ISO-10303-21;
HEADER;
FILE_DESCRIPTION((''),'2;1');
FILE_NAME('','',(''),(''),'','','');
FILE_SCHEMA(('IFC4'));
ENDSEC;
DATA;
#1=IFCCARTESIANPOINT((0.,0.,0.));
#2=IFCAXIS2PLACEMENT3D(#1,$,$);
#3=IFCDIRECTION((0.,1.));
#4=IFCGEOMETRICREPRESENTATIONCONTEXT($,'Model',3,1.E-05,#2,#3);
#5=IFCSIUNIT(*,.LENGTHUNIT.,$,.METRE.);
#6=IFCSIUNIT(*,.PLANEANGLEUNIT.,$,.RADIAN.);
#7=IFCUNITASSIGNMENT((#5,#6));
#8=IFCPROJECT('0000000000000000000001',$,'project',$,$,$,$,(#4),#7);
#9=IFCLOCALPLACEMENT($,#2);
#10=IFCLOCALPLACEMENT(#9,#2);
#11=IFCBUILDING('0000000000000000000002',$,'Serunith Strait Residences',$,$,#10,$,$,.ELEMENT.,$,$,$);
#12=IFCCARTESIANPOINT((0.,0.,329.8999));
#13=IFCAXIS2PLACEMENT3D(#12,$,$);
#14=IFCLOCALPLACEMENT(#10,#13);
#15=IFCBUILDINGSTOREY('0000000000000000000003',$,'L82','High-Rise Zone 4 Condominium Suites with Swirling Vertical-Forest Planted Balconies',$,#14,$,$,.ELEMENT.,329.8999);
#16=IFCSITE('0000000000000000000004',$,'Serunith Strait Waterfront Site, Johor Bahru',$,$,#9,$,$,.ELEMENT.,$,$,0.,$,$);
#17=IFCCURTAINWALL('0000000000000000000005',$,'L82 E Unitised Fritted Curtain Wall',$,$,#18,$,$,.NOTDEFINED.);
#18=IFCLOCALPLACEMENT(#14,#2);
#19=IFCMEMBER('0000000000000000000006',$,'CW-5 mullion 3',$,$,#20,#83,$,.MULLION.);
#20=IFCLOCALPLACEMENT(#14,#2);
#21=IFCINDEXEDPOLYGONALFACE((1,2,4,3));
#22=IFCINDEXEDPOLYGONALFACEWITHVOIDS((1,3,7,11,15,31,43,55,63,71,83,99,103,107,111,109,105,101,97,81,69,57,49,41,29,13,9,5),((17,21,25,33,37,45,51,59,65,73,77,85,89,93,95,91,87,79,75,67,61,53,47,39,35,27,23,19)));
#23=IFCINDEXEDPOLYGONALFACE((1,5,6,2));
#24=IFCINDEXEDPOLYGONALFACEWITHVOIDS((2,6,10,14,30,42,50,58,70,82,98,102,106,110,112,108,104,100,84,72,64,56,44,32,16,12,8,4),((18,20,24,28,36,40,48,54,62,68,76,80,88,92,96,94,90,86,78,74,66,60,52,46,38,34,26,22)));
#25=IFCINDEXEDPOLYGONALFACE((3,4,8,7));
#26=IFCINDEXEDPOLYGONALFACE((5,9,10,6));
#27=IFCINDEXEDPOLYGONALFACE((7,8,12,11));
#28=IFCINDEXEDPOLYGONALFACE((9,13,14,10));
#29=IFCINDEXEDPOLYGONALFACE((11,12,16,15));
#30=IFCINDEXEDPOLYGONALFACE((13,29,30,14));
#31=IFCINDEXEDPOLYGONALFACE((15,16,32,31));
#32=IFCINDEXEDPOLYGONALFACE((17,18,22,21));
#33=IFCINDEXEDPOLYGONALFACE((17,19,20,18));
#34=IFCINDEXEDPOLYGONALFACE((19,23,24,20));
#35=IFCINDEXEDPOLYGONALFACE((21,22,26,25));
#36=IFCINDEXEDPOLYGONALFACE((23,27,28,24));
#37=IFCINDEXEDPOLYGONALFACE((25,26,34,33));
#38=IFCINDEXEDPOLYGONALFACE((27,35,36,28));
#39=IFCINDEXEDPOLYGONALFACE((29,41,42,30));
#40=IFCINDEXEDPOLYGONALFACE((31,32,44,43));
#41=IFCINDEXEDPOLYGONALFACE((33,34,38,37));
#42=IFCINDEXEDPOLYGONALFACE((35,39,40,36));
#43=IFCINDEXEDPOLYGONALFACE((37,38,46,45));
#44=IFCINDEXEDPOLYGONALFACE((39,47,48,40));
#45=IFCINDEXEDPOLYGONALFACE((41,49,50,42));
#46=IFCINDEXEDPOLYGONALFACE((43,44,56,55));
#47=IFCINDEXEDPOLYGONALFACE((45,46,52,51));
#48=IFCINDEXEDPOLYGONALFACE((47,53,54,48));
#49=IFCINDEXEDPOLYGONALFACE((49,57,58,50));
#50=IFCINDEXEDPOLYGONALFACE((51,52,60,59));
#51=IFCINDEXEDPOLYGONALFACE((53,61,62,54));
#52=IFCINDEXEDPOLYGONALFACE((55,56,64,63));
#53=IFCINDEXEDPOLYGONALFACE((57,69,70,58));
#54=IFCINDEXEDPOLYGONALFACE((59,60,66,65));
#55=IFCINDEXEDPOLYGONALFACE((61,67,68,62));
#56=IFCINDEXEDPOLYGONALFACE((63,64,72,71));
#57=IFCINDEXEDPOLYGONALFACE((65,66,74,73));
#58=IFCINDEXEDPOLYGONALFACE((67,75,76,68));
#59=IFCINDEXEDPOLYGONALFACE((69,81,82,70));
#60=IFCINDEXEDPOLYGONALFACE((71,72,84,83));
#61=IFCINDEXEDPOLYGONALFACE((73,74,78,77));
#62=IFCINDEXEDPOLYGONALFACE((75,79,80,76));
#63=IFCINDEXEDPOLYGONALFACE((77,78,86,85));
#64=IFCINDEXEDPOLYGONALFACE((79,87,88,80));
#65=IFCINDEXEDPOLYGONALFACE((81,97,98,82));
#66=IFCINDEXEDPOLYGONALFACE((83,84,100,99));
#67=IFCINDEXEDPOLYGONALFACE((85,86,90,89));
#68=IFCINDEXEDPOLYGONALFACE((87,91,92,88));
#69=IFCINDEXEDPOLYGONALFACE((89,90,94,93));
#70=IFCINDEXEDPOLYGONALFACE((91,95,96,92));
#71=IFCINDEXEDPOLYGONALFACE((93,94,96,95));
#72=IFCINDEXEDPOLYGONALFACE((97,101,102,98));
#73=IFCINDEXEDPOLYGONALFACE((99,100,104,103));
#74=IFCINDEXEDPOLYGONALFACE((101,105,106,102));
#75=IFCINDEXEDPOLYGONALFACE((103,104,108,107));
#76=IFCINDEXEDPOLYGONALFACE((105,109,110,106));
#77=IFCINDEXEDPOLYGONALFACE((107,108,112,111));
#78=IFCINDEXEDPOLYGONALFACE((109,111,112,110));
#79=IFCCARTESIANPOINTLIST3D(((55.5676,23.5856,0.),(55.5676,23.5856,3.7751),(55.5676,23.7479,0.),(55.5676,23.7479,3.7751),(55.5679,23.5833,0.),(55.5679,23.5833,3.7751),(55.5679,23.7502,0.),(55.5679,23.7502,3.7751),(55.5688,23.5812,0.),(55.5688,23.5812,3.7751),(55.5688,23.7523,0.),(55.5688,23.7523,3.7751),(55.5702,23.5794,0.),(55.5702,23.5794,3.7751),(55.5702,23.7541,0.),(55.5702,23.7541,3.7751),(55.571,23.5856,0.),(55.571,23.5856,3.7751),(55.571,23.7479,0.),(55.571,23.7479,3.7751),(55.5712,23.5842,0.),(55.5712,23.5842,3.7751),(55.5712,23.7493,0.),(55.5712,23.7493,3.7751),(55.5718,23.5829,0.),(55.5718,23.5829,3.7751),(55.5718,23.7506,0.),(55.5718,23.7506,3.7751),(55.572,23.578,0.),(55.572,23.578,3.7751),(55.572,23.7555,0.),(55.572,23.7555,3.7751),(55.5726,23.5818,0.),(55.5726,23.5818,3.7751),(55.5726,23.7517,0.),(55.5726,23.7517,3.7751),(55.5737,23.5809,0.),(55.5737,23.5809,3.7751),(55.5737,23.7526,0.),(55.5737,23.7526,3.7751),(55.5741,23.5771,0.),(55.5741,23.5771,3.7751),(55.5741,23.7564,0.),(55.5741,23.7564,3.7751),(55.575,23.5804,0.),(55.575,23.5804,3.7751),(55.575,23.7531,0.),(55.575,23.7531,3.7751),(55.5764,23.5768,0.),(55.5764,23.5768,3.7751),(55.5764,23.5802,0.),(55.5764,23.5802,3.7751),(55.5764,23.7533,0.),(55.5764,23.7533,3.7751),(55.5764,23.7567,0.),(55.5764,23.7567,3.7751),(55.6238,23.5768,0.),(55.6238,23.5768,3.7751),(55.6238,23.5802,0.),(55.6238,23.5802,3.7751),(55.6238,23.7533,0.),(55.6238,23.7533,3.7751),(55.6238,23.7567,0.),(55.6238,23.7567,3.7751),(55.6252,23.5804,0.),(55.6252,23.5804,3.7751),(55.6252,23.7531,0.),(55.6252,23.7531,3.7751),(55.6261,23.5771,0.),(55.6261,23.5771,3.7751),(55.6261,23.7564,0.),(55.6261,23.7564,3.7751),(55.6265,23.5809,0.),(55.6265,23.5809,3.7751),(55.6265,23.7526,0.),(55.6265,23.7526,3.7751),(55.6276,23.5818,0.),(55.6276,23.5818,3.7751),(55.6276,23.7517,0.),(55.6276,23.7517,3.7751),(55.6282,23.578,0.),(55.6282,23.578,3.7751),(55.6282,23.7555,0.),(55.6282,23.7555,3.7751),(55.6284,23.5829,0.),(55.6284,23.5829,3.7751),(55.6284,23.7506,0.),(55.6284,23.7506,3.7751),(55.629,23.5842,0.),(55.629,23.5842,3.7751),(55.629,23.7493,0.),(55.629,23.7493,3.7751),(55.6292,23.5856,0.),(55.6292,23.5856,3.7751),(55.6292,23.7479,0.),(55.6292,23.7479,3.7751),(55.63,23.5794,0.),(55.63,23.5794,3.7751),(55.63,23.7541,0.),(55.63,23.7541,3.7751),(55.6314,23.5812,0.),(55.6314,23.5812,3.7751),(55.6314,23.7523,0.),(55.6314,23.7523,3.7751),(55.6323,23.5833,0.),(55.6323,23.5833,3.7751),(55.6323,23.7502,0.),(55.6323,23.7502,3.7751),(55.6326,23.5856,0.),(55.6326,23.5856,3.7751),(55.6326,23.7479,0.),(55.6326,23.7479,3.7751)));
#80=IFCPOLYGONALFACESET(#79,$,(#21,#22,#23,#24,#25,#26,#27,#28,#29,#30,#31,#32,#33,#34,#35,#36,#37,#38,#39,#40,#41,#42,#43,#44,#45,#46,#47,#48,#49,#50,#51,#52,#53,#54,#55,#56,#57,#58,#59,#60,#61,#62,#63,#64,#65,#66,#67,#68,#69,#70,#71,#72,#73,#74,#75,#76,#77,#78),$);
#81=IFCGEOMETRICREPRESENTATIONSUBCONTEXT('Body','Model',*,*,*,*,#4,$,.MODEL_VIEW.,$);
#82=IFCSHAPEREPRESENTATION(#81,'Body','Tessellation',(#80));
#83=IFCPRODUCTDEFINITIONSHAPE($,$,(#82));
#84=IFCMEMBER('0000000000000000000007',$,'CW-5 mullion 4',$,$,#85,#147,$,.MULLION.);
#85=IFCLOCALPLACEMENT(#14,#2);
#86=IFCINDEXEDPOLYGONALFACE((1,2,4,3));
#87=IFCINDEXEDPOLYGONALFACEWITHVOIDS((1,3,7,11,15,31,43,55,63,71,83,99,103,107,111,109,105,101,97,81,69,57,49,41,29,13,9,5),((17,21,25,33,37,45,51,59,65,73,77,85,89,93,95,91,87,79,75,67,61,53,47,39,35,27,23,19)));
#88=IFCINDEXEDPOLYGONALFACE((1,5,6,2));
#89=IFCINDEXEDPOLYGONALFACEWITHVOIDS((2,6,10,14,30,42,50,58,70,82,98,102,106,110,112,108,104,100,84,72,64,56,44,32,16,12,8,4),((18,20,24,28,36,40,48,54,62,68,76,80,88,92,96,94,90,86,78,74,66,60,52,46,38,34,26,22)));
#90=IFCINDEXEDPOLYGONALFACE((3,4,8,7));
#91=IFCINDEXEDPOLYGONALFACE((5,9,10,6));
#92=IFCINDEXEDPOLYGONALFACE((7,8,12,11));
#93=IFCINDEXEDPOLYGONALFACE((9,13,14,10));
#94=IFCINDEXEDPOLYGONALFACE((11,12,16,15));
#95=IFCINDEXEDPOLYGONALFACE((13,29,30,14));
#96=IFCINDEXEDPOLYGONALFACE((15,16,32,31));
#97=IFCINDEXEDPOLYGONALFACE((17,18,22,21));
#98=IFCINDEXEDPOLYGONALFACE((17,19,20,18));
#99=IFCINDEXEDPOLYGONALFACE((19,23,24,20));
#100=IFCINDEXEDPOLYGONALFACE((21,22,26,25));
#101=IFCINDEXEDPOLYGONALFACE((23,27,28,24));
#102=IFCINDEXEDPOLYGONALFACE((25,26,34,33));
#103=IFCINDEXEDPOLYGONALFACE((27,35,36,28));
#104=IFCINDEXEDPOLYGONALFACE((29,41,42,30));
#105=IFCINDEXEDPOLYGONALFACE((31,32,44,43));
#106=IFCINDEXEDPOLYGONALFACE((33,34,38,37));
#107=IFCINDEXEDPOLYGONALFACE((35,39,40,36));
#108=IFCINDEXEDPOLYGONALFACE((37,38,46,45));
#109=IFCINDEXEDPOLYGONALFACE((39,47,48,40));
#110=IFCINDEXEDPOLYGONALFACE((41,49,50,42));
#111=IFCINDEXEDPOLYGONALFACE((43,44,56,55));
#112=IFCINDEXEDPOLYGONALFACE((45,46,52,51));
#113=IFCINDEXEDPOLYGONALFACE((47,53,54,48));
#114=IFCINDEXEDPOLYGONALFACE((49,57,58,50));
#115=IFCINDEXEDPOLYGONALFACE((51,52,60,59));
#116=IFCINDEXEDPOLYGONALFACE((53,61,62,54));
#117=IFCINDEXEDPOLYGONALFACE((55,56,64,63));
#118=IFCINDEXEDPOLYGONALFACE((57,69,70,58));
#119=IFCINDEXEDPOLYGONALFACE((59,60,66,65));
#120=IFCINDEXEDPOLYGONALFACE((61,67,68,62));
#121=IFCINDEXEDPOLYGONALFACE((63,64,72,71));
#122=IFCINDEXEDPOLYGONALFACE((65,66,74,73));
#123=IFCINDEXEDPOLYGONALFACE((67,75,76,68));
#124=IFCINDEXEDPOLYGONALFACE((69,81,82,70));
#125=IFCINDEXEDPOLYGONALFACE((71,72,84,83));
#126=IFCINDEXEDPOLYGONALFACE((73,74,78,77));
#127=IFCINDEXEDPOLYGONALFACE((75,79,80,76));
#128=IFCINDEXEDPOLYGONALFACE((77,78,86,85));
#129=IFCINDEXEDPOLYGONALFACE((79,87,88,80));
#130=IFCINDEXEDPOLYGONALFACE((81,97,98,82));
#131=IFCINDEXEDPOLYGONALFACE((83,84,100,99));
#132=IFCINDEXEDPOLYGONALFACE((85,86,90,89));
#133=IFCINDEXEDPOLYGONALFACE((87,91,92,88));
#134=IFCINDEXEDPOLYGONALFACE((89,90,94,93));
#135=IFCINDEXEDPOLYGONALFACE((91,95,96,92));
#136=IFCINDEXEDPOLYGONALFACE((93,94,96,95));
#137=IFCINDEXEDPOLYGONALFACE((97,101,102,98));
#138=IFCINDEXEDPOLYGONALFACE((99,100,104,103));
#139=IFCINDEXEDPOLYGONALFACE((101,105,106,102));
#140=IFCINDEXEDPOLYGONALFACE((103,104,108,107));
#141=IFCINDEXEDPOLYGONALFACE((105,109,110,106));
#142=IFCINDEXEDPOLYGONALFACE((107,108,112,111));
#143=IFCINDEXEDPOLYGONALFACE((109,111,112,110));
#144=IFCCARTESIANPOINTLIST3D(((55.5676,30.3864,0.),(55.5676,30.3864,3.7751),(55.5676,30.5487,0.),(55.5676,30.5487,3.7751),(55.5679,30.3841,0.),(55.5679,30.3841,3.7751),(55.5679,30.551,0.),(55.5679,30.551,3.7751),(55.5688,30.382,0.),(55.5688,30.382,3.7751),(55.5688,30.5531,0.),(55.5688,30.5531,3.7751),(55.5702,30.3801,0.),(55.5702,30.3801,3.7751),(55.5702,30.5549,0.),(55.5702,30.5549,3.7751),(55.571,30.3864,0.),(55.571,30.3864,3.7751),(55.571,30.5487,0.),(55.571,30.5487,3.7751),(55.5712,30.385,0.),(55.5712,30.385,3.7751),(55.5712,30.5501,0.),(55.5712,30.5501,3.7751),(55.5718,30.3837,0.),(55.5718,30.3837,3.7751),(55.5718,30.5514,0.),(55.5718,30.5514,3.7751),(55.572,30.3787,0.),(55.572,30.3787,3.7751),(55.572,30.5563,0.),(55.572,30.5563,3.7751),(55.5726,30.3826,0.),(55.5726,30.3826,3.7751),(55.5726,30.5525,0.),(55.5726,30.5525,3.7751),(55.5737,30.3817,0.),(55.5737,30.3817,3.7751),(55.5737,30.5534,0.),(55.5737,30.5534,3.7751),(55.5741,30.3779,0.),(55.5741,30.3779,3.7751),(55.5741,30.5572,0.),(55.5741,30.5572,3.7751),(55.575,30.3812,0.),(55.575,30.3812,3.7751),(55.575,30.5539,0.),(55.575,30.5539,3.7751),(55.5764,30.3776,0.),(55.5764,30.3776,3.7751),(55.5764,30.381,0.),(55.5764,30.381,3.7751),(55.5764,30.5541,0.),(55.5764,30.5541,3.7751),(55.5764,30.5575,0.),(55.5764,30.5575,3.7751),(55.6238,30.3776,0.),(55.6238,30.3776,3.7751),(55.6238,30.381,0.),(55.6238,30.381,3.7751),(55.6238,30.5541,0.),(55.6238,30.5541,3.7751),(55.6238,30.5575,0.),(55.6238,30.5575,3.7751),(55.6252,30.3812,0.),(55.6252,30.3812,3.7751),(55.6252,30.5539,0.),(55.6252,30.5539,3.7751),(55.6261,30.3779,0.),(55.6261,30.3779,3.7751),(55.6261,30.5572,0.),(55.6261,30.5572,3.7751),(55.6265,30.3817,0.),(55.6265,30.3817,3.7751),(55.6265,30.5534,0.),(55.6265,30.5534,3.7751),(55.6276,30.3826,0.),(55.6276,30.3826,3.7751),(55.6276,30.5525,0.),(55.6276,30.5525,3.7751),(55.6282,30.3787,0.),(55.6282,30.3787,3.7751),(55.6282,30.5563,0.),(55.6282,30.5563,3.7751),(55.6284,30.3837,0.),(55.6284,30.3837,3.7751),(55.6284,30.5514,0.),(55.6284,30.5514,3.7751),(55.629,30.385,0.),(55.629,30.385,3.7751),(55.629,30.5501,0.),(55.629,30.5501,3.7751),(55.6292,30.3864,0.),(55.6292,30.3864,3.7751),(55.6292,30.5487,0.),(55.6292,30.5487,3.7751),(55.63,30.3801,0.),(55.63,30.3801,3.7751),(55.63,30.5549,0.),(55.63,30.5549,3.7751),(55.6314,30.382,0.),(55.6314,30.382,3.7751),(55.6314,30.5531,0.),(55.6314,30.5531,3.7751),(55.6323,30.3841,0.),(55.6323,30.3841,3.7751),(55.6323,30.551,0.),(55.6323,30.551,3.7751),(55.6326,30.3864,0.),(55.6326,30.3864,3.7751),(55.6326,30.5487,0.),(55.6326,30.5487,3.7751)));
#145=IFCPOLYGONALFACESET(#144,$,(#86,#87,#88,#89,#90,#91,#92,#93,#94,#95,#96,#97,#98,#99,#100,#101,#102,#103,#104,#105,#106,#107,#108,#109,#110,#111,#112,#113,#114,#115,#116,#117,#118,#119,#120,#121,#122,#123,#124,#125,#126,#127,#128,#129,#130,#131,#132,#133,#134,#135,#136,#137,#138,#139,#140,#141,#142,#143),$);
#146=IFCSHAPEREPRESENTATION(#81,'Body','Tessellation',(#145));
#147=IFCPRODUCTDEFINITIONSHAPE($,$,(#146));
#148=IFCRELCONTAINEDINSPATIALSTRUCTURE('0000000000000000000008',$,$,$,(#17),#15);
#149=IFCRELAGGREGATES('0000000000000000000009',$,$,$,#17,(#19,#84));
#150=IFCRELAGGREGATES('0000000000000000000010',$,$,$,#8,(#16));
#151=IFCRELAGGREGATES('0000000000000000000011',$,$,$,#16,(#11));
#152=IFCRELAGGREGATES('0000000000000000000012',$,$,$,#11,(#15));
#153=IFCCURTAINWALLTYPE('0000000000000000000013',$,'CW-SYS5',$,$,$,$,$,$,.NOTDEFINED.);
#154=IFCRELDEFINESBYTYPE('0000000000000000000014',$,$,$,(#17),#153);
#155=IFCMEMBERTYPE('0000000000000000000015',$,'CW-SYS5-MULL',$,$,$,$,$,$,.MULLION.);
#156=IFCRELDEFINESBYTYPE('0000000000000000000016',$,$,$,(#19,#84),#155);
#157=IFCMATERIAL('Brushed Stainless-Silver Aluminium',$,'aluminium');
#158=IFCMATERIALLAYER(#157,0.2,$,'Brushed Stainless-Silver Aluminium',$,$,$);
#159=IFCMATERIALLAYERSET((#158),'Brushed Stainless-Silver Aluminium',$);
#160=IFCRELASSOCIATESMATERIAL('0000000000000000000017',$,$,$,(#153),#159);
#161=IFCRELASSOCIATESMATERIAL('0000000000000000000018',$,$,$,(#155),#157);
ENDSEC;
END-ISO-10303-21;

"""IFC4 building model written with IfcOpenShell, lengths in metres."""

from ifc_helpers import new_model, si_unit, direction, frame, origin, origin_2d, place, context, subcontext, project, spatial, hollow_rectangle, extrude, source, transform, mapped, material, layer, layer_set, material_profile, profile_set, type_object, element, aggregate, save


model = new_model("IFC4")

# Units and contexts
model_context = context("Model", 3, precision=1e-05, world=origin(), true_north=direction((0.0, 1.0)))
body_context = subcontext(model_context, "Body", "Model", "MODEL_VIEW")
ifc_project = project(units=[si_unit("LENGTHUNIT", "METRE"), si_unit("PLANEANGLEUNIT", "RADIAN")], contexts=[model_context])

# Site, building, storey
site_placement = place(None, origin())
site = spatial("IfcSite", under=ifc_project, at=site_placement, Name="Serunith Strait Waterfront Site, Johor Bahru", CompositionType="ELEMENT", RefElevation=0.0)
building_placement = place(site_placement, origin())
building = spatial("IfcBuilding", under=site, at=building_placement, Name="Serunith Strait Residences", CompositionType="ELEMENT")
storey_placement = place(building_placement, frame((0.0, 0.0, 329.8999)))
storey = spatial("IfcBuildingStorey", under=building, at=storey_placement, Name="L82", Description="High-Rise Zone 4 Condominium Suites with Swirling Vertical-Forest Planted Balconies", CompositionType="ELEMENT", Elevation=329.8999)

# Curtain wall, members
ifc_material_1 = material(Name="Brushed Stainless-Silver Aluminium", Category="aluminium")
ifc_layer_1 = layer(ifc_material_1, 0.2, Name="Brushed Stainless-Silver Aluminium")
ifc_layer_set_1 = layer_set([ifc_layer_1], Name="Brushed Stainless-Silver Aluminium")
curtain_wall_type = type_object("IfcCurtainWallType", Name="CW-SYS5", PredefinedType="NOTDEFINED", material=ifc_layer_set_1)
curtain_wall_1_placement = place(storey_placement, origin())
curtain_wall_1 = element("IfcCurtainWall", 1, at=curtain_wall_1_placement, inside=storey, type_object=curtain_wall_type, Name="L82 E Unitised Fritted Curtain Wall", PredefinedType="NOTDEFINED")
ifc_material_profile_1 = material_profile(ifc_material_1, hollow_rectangle(XDim=0.0649, YDim=0.1799, WallThickness=0.0034, InnerFilletRadius=0.0054, OuterFilletRadius=0.0088, at=origin_2d()), Name="ALU 180x65x3.5")
ifc_profile_set_1 = profile_set([ifc_material_profile_1], Name="Brushed Stainless-Silver Aluminium")
member_type_1 = type_object("IfcMemberType", Name="CW-SYS5-MULL", PredefinedType="MULLION", material=ifc_profile_set_1)
shared_shape_1 = source(origin(), body_context, "Body", "SweptSolid", [
    extrude(hollow_rectangle(XDim=0.0649, YDim=0.1799, WallThickness=0.0034, InnerFilletRadius=0.0054, OuterFilletRadius=0.0088, at=origin_2d()), origin(), (0.0, 0.0, 1.0), 3.7751),
])
member_1_placement = place(storey_placement, frame((55.6001, 23.6667, 0.0), z_axis=(0.0, 0.0, 1.0), x_axis=(-1.0, 0.0, 0.0)))
member_1 = element("IfcMember", 2, at=member_1_placement, type_object=member_type_1, Name="CW-5 mullion 3", PredefinedType="MULLION", context=body_context, shape_type="MappedRepresentation", body=[
    mapped(shared_shape_1, transform((0.0, 0.0, 0.0), scale=1.0)),
])
member_2_placement = place(storey_placement, frame((55.6001, 30.4675, 0.0), z_axis=(0.0, 0.0, 1.0), x_axis=(-1.0, 0.0, 0.0)))
member_2 = element("IfcMember", 3, at=member_2_placement, type_object=member_type_1, Name="CW-5 mullion 4", PredefinedType="MULLION", context=body_context, shape_type="MappedRepresentation", body=[
    mapped(shared_shape_1, transform((0.0, 0.0, 0.0), scale=1.0)),
])

aggregate(curtain_wall_1, [member_1, member_2])

save(model, "model.ifc")
